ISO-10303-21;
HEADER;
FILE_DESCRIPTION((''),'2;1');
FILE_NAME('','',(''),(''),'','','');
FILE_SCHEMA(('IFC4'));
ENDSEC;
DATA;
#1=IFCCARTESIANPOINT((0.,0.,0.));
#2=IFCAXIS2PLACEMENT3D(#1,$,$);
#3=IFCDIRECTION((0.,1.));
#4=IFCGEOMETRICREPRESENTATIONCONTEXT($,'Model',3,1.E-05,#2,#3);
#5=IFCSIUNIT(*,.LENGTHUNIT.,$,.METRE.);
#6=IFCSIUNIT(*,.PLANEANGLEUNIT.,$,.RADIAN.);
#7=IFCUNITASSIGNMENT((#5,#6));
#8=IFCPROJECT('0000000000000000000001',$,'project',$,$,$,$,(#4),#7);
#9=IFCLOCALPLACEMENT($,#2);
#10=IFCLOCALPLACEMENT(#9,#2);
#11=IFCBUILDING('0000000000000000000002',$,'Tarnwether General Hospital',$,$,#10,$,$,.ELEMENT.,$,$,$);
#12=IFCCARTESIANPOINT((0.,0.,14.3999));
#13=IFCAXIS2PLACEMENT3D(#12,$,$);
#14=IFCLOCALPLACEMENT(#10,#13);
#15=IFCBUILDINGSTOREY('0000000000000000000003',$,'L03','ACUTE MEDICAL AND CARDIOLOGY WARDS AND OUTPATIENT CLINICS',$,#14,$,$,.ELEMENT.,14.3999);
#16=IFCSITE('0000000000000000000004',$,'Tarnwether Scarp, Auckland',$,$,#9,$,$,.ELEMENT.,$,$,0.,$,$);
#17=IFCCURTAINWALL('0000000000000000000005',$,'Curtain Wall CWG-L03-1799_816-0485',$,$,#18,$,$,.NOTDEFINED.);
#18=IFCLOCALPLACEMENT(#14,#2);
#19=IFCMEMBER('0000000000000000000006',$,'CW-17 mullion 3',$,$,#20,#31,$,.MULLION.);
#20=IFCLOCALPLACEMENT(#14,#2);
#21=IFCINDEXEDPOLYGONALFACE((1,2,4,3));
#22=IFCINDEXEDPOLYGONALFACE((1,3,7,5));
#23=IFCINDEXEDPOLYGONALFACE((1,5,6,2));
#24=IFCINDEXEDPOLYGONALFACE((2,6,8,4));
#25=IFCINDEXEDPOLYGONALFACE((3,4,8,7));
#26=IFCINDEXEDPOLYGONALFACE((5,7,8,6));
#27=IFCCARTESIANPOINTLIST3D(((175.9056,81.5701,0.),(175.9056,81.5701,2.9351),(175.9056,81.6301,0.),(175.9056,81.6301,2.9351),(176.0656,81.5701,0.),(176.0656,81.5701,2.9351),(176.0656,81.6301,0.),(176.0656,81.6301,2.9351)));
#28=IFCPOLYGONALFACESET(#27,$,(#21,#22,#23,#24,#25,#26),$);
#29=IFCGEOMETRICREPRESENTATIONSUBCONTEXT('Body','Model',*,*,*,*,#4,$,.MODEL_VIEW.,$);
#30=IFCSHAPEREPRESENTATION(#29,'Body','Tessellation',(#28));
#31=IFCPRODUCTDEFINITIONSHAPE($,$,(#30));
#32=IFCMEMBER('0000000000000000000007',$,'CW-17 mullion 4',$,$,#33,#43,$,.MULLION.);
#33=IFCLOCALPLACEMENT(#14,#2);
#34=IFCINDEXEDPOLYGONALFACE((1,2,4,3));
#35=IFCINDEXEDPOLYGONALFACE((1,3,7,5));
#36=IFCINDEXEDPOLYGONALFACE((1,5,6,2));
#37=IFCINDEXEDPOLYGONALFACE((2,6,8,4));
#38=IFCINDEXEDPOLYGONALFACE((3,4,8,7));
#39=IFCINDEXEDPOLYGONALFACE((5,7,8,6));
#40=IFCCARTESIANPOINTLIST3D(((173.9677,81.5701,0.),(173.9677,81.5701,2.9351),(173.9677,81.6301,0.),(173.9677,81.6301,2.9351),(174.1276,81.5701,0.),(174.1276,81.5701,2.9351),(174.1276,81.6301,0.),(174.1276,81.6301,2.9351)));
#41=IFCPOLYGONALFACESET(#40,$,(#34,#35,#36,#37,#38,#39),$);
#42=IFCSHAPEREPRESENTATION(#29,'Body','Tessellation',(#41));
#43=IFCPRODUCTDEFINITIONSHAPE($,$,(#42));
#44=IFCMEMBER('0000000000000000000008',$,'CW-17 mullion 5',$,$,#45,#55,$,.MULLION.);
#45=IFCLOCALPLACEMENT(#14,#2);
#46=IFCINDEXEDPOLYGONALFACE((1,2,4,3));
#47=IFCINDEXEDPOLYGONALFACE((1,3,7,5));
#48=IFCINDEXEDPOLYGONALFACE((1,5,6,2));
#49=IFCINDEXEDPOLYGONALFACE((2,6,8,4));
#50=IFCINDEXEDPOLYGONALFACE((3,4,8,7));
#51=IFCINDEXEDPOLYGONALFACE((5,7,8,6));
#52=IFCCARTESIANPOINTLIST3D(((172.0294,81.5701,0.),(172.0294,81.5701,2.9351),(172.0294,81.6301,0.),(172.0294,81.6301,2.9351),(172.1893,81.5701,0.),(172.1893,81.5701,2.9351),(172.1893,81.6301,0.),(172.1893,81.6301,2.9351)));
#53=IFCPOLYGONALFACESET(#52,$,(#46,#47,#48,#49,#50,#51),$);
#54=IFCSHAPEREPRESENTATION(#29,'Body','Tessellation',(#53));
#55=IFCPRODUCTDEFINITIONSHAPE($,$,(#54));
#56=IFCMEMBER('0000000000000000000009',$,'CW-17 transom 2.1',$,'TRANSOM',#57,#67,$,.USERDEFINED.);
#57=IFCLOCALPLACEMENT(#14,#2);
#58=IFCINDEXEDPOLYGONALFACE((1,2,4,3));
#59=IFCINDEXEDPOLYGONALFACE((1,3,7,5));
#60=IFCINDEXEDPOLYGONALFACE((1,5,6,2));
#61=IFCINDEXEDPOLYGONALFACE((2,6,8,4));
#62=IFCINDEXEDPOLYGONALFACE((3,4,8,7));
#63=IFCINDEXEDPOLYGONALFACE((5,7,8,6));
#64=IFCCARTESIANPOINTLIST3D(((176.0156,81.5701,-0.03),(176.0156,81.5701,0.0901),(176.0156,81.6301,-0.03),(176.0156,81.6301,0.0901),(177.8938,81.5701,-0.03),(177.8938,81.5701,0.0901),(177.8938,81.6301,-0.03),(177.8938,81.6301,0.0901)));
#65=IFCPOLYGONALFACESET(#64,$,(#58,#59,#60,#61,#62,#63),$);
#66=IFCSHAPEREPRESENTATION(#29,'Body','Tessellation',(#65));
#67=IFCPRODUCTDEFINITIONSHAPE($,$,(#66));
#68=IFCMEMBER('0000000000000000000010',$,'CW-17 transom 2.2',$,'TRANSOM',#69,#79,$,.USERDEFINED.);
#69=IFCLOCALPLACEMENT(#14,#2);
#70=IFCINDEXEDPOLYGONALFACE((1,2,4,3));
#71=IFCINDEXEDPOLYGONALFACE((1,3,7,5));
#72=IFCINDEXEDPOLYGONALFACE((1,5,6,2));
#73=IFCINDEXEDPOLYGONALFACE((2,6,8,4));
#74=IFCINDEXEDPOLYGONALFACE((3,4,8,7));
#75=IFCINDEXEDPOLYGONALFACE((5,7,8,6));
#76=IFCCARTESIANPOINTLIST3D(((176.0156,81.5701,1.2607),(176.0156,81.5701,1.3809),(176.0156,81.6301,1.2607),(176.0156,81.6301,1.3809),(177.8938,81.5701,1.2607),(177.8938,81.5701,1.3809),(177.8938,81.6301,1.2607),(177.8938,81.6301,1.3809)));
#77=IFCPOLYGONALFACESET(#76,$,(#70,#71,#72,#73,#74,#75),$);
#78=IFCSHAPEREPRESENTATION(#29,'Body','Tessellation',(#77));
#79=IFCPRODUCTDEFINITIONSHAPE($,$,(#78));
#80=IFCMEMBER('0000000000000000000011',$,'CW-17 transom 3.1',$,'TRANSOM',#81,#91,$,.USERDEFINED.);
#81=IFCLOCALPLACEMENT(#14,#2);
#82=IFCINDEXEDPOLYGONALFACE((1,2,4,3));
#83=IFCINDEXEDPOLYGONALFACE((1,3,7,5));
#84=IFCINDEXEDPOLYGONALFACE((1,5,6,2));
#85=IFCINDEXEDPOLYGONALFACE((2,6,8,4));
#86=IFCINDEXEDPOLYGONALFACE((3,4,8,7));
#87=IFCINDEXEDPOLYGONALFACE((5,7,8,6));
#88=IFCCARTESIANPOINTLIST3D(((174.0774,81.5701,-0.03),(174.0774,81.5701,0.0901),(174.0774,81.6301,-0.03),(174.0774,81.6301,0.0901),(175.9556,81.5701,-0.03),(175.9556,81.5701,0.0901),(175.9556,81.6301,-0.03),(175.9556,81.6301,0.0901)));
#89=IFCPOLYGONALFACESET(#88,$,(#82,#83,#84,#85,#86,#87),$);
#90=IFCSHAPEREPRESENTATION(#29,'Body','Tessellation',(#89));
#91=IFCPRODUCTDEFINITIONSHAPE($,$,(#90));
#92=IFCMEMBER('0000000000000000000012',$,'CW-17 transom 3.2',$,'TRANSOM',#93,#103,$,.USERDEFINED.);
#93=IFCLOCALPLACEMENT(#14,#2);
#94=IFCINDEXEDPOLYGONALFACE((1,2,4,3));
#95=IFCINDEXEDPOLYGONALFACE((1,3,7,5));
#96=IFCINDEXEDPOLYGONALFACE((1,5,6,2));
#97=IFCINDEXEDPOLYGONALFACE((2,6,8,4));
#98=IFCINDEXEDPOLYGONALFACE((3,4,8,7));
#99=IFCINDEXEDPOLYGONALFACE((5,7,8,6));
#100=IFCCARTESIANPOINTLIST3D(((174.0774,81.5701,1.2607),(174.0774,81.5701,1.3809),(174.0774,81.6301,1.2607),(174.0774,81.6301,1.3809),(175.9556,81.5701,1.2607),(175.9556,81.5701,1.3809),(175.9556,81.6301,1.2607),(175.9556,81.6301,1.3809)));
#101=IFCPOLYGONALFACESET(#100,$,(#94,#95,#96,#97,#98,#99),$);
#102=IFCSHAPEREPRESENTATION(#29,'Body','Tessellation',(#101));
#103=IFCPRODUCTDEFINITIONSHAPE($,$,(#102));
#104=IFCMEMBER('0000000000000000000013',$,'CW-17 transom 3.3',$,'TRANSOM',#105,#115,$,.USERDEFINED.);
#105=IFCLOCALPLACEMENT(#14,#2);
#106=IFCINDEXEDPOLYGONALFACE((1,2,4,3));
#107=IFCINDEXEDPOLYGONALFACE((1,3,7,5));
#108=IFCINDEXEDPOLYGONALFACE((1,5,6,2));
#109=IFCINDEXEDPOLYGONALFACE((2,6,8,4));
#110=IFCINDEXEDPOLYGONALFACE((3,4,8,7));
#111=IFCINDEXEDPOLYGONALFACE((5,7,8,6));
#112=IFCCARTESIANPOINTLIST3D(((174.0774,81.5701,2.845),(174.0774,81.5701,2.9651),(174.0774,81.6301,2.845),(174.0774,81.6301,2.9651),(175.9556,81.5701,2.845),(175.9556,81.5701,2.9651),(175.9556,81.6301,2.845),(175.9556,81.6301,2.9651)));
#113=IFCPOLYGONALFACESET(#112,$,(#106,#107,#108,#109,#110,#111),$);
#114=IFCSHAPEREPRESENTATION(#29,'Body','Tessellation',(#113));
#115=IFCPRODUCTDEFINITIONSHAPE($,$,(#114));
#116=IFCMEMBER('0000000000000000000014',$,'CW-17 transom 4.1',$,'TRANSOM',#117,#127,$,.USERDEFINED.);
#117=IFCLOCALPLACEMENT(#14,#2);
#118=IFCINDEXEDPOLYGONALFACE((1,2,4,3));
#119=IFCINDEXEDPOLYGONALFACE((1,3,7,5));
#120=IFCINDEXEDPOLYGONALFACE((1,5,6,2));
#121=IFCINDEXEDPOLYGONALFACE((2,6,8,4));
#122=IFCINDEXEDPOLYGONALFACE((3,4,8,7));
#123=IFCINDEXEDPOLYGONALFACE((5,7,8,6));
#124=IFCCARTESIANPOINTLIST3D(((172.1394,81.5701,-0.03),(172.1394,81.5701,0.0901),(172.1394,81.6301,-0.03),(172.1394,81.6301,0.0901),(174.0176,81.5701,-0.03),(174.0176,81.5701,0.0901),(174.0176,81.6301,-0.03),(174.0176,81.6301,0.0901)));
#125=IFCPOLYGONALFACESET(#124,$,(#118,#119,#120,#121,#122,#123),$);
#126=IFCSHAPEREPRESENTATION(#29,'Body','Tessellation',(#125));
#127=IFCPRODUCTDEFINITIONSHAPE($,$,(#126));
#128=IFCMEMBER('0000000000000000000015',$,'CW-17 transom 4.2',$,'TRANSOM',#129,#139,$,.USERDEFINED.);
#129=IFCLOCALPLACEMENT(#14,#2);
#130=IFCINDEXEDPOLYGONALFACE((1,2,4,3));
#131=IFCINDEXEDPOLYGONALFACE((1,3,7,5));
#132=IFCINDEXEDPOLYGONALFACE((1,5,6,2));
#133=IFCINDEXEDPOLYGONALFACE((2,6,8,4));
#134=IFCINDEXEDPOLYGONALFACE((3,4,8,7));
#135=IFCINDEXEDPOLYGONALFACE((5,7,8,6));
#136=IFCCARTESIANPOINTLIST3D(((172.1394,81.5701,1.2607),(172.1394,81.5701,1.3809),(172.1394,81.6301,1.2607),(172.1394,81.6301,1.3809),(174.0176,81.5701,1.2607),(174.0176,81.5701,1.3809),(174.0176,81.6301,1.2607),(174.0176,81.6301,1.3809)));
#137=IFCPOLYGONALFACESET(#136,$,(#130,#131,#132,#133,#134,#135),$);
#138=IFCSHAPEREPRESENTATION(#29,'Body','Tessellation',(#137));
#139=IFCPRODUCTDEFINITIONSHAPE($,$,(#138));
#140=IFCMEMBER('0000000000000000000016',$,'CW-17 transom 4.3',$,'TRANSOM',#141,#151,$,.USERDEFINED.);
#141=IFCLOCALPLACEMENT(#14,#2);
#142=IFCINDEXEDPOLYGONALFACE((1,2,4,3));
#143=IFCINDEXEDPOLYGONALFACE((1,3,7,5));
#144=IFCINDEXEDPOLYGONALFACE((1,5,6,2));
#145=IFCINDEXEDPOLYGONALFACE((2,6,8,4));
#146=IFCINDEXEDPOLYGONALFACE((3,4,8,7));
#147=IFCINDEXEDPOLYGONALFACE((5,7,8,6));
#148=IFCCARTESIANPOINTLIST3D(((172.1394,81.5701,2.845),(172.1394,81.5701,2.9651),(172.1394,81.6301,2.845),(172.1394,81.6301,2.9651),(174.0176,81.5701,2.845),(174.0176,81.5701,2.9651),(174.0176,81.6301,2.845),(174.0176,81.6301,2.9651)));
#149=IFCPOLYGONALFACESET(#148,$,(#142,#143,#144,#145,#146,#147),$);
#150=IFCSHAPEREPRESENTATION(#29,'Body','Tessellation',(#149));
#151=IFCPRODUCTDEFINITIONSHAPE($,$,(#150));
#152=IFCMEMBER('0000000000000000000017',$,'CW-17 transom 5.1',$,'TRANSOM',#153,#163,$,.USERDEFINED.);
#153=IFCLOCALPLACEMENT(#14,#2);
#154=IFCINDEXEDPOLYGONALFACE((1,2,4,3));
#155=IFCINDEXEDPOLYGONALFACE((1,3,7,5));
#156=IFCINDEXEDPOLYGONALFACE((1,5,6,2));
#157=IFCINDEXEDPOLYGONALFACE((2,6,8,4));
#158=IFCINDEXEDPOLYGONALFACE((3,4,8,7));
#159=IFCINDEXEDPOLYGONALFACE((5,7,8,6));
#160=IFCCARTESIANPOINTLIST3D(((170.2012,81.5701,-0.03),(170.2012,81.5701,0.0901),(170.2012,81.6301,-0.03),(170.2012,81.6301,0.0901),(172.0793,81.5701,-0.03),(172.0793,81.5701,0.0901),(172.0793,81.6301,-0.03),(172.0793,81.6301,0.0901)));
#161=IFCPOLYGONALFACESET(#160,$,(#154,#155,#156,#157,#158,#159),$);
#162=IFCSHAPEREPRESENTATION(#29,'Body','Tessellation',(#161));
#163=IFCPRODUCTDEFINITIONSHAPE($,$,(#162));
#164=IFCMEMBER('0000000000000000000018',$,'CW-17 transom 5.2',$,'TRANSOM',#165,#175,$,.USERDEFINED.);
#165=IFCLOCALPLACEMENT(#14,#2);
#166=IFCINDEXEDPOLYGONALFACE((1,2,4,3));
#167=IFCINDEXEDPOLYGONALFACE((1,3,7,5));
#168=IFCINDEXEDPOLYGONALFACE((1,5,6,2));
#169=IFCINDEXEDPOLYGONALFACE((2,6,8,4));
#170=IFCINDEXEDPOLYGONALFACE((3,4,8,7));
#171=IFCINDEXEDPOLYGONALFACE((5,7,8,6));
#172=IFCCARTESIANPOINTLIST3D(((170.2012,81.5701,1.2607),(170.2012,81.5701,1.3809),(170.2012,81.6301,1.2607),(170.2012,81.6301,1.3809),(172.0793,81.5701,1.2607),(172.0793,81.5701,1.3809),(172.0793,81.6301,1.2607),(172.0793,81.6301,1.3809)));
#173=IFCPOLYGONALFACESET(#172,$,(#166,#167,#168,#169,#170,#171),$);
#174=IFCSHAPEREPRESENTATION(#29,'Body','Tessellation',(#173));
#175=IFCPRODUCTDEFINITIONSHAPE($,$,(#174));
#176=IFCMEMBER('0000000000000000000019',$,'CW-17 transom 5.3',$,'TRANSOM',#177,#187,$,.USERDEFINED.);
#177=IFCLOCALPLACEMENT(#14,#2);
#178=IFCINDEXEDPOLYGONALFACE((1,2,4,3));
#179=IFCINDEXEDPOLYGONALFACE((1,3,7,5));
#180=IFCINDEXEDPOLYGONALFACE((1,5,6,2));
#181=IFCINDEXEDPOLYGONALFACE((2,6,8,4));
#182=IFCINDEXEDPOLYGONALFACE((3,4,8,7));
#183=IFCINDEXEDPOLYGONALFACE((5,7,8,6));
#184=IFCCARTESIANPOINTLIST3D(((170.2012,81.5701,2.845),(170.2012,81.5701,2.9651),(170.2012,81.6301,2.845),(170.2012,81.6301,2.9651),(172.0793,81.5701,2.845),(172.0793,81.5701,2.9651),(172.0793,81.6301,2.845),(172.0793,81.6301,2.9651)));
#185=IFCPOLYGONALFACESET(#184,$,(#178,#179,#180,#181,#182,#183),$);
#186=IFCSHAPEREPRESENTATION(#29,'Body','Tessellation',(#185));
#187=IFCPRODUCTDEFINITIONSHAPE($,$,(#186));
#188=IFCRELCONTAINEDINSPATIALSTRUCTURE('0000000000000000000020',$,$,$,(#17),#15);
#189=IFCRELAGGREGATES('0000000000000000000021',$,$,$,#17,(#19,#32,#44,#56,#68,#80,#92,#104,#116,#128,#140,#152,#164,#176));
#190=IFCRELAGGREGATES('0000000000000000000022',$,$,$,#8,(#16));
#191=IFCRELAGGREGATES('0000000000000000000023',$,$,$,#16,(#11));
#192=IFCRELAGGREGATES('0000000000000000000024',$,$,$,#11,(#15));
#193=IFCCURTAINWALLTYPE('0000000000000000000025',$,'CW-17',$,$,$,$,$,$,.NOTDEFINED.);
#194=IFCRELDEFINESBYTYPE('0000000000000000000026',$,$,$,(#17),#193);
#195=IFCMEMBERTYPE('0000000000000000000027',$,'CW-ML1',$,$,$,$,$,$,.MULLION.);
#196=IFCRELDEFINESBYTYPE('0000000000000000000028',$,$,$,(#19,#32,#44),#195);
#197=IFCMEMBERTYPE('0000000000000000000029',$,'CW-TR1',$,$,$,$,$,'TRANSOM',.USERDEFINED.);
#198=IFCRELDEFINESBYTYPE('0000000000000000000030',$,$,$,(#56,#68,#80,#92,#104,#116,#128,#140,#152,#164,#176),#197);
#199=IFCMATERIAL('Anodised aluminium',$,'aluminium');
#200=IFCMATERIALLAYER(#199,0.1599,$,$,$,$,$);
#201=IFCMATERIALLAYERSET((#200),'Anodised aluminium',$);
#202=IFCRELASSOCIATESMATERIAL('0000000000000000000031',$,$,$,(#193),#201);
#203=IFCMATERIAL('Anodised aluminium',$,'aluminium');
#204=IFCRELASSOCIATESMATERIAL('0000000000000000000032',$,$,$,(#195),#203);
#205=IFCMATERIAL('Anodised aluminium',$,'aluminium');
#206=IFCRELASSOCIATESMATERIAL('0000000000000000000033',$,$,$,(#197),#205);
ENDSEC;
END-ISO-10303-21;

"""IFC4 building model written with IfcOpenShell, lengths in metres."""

from ifc_helpers import new_model, si_unit, direction, frame, origin, origin_2d, place, context, subcontext, project, spatial, rectangle, extrude, material, layer, layer_set, material_profile, profile_set, type_object, element, aggregate, save


model = new_model("IFC4")

# Units and contexts
model_context = context("Model", 3, precision=1e-05, world=origin(), true_north=direction((0.0, 1.0)))
body_context = subcontext(model_context, "Body", "Model", "MODEL_VIEW")
ifc_project = project(units=[si_unit("LENGTHUNIT", "METRE"), si_unit("PLANEANGLEUNIT", "RADIAN")], contexts=[model_context])

# Site, building, storey
site_placement = place(None, origin())
site = spatial("IfcSite", under=ifc_project, at=site_placement, Name="Tarnwether Scarp, Auckland", CompositionType="ELEMENT", RefElevation=0.0)
building_placement = place(site_placement, origin())
building = spatial("IfcBuilding", under=site, at=building_placement, Name="Tarnwether General Hospital", CompositionType="ELEMENT")
storey_placement = place(building_placement, frame((0.0, 0.0, 14.3999)))
storey = spatial("IfcBuildingStorey", under=building, at=storey_placement, Name="L03", Description="ACUTE MEDICAL AND CARDIOLOGY WARDS AND OUTPATIENT CLINICS", CompositionType="ELEMENT", Elevation=14.3999)

# Curtain wall, members
ifc_material_1 = material(Name="Anodised aluminium", Category="aluminium")
ifc_layer_1 = layer(ifc_material_1, 0.1599)
ifc_layer_set_1 = layer_set([ifc_layer_1], Name="Anodised aluminium")
curtain_wall_type = type_object("IfcCurtainWallType", Name="CW-17", PredefinedType="NOTDEFINED", material=ifc_layer_set_1)
curtain_wall_placement = place(storey_placement, origin())
curtain_wall = element("IfcCurtainWall", 1, at=curtain_wall_placement, inside=storey, type_object=curtain_wall_type, Name="Curtain Wall CWG-L03-1799_816-0485", PredefinedType="NOTDEFINED")
ifc_material_2 = material(Name="Anodised aluminium", Category="aluminium")
ifc_material_profile_1 = material_profile(ifc_material_2, rectangle(XDim=0.0601, YDim=0.1599, at=origin_2d()), Name="ALU-MUL-60x160")
ifc_profile_set_1 = profile_set([ifc_material_profile_1], Name="Anodised aluminium")
member_type_1 = type_object("IfcMemberType", Name="CW-ML1", PredefinedType="MULLION", material=ifc_profile_set_1)
member_1_placement = place(storey_placement, frame((175.9856, 81.6001, 0.0), z_axis=(0.0, 0.0, 1.0), x_axis=(0.0, -1.0, 0.0)))
member_1 = element("IfcMember", 2, at=member_1_placement, type_object=member_type_1, Name="CW-17 mullion 3", PredefinedType="MULLION", context=body_context, shape_type="SweptSolid", body=[
    extrude(rectangle(XDim=0.0601, YDim=0.1599, at=origin_2d()), origin(), (0.0, 0.0, 1.0), 2.9351),
])
member_2_placement = place(storey_placement, frame((174.0476, 81.6001, 0.0), z_axis=(0.0, 0.0, 1.0), x_axis=(0.0, -1.0, 0.0)))
member_2 = element("IfcMember", 3, at=member_2_placement, type_object=member_type_1, Name="CW-17 mullion 4", PredefinedType="MULLION", context=body_context, shape_type="SweptSolid", body=[
    extrude(rectangle(XDim=0.0601, YDim=0.1599, at=origin_2d()), origin(), (0.0, 0.0, 1.0), 2.9351),
])
member_3_placement = place(storey_placement, frame((172.1094, 81.6001, 0.0), z_axis=(0.0, 0.0, 1.0), x_axis=(0.0, -1.0, 0.0)))
member_3 = element("IfcMember", 4, at=member_3_placement, type_object=member_type_1, Name="CW-17 mullion 5", PredefinedType="MULLION", context=body_context, shape_type="SweptSolid", body=[
    extrude(rectangle(XDim=0.0601, YDim=0.1599, at=origin_2d()), origin(), (0.0, 0.0, 1.0), 2.9351),
])
ifc_material_3 = material(Name="Anodised aluminium", Category="aluminium")
ifc_material_profile_2 = material_profile(ifc_material_3, rectangle(XDim=0.0601, YDim=0.1201, at=origin_2d()), Name="ALU-TRN-60x120")
ifc_profile_set_2 = profile_set([ifc_material_profile_2], Name="Anodised aluminium")
member_type_2 = type_object("IfcMemberType", Name="CW-TR1", ElementType="TRANSOM", PredefinedType="USERDEFINED", material=ifc_profile_set_2)
member_4_placement = place(storey_placement, frame((177.8938, 81.6001, 0.03), z_axis=(-1.0, 0.0, 0.0), x_axis=(0.0, -1.0, 0.0)))
member_4 = element("IfcMember", 5, at=member_4_placement, type_object=member_type_2, Name="CW-17 transom 2.1", ObjectType="TRANSOM", PredefinedType="USERDEFINED", context=body_context, shape_type="SweptSolid", body=[
    extrude(rectangle(XDim=0.0601, YDim=0.1201, at=origin_2d()), origin(), (0.0, 0.0, 1.0), 1.8782),
])
member_5_placement = place(storey_placement, frame((177.8938, 81.6001, 1.3208), z_axis=(-1.0, 0.0, 0.0), x_axis=(0.0, -1.0, 0.0)))
member_5 = element("IfcMember", 6, at=member_5_placement, type_object=member_type_2, Name="CW-17 transom 2.2", ObjectType="TRANSOM", PredefinedType="USERDEFINED", context=body_context, shape_type="SweptSolid", body=[
    extrude(rectangle(XDim=0.0601, YDim=0.1201, at=origin_2d()), origin(), (0.0, 0.0, 1.0), 1.8782),
])
member_6_placement = place(storey_placement, frame((175.9556, 81.6001, 0.03), z_axis=(-1.0, 0.0, 0.0), x_axis=(0.0, -1.0, 0.0)))
member_6 = element("IfcMember", 7, at=member_6_placement, type_object=member_type_2, Name="CW-17 transom 3.1", ObjectType="TRANSOM", PredefinedType="USERDEFINED", context=body_context, shape_type="SweptSolid", body=[
    extrude(rectangle(XDim=0.0601, YDim=0.1201, at=origin_2d()), origin(), (0.0, 0.0, 1.0), 1.8782),
])
member_7_placement = place(storey_placement, frame((175.9556, 81.6001, 1.3208), z_axis=(-1.0, 0.0, 0.0), x_axis=(0.0, -1.0, 0.0)))
member_7 = element("IfcMember", 8, at=member_7_placement, type_object=member_type_2, Name="CW-17 transom 3.2", ObjectType="TRANSOM", PredefinedType="USERDEFINED", context=body_context, shape_type="SweptSolid", body=[
    extrude(rectangle(XDim=0.0601, YDim=0.1201, at=origin_2d()), origin(), (0.0, 0.0, 1.0), 1.8782),
])
member_8_placement = place(storey_placement, frame((175.9556, 81.6001, 2.905), z_axis=(-1.0, 0.0, 0.0), x_axis=(0.0, -1.0, 0.0)))
member_8 = element("IfcMember", 9, at=member_8_placement, type_object=member_type_2, Name="CW-17 transom 3.3", ObjectType="TRANSOM", PredefinedType="USERDEFINED", context=body_context, shape_type="SweptSolid", body=[
    extrude(rectangle(XDim=0.0601, YDim=0.1201, at=origin_2d()), origin(), (0.0, 0.0, 1.0), 1.8782),
])
member_9_placement = place(storey_placement, frame((174.0176, 81.6001, 0.03), z_axis=(-1.0, 0.0, 0.0), x_axis=(0.0, -1.0, 0.0)))
member_9 = element("IfcMember", 10, at=member_9_placement, type_object=member_type_2, Name="CW-17 transom 4.1", ObjectType="TRANSOM", PredefinedType="USERDEFINED", context=body_context, shape_type="SweptSolid", body=[
    extrude(rectangle(XDim=0.0601, YDim=0.1201, at=origin_2d()), origin(), (0.0, 0.0, 1.0), 1.8782),
])
member_10_placement = place(storey_placement, frame((174.0176, 81.6001, 1.3208), z_axis=(-1.0, 0.0, 0.0), x_axis=(0.0, -1.0, 0.0)))
member_10 = element("IfcMember", 11, at=member_10_placement, type_object=member_type_2, Name="CW-17 transom 4.2", ObjectType="TRANSOM", PredefinedType="USERDEFINED", context=body_context, shape_type="SweptSolid", body=[
    extrude(rectangle(XDim=0.0601, YDim=0.1201, at=origin_2d()), origin(), (0.0, 0.0, 1.0), 1.8782),
])
member_11_placement = place(storey_placement, frame((174.0176, 81.6001, 2.905), z_axis=(-1.0, 0.0, 0.0), x_axis=(0.0, -1.0, 0.0)))
member_11 = element("IfcMember", 12, at=member_11_placement, type_object=member_type_2, Name="CW-17 transom 4.3", ObjectType="TRANSOM", PredefinedType="USERDEFINED", context=body_context, shape_type="SweptSolid", body=[
    extrude(rectangle(XDim=0.0601, YDim=0.1201, at=origin_2d()), origin(), (0.0, 0.0, 1.0), 1.8782),
])
member_12_placement = place(storey_placement, frame((172.0793, 81.6001, 0.03), z_axis=(-1.0, 0.0, 0.0), x_axis=(0.0, -1.0, 0.0)))
member_12 = element("IfcMember", 13, at=member_12_placement, type_object=member_type_2, Name="CW-17 transom 5.1", ObjectType="TRANSOM", PredefinedType="USERDEFINED", context=body_context, shape_type="SweptSolid", body=[
    extrude(rectangle(XDim=0.0601, YDim=0.1201, at=origin_2d()), origin(), (0.0, 0.0, 1.0), 1.8782),
])
member_13_placement = place(storey_placement, frame((172.0793, 81.6001, 1.3208), z_axis=(-1.0, 0.0, 0.0), x_axis=(0.0, -1.0, 0.0)))
member_13 = element("IfcMember", 14, at=member_13_placement, type_object=member_type_2, Name="CW-17 transom 5.2", ObjectType="TRANSOM", PredefinedType="USERDEFINED", context=body_context, shape_type="SweptSolid", body=[
    extrude(rectangle(XDim=0.0601, YDim=0.1201, at=origin_2d()), origin(), (0.0, 0.0, 1.0), 1.8782),
])
member_14_placement = place(storey_placement, frame((172.0793, 81.6001, 2.905), z_axis=(-1.0, 0.0, 0.0), x_axis=(0.0, -1.0, 0.0)))
member_14 = element("IfcMember", 15, at=member_14_placement, type_object=member_type_2, Name="CW-17 transom 5.3", ObjectType="TRANSOM", PredefinedType="USERDEFINED", context=body_context, shape_type="SweptSolid", body=[
    extrude(rectangle(XDim=0.0601, YDim=0.1201, at=origin_2d()), origin(), (0.0, 0.0, 1.0), 1.8782),
])
aggregate(curtain_wall, [member_1, member_2, member_3, member_4, member_5, member_6, member_7, member_8, member_9, member_10, member_11, member_12, member_13, member_14])

save(model, "model.ifc")
